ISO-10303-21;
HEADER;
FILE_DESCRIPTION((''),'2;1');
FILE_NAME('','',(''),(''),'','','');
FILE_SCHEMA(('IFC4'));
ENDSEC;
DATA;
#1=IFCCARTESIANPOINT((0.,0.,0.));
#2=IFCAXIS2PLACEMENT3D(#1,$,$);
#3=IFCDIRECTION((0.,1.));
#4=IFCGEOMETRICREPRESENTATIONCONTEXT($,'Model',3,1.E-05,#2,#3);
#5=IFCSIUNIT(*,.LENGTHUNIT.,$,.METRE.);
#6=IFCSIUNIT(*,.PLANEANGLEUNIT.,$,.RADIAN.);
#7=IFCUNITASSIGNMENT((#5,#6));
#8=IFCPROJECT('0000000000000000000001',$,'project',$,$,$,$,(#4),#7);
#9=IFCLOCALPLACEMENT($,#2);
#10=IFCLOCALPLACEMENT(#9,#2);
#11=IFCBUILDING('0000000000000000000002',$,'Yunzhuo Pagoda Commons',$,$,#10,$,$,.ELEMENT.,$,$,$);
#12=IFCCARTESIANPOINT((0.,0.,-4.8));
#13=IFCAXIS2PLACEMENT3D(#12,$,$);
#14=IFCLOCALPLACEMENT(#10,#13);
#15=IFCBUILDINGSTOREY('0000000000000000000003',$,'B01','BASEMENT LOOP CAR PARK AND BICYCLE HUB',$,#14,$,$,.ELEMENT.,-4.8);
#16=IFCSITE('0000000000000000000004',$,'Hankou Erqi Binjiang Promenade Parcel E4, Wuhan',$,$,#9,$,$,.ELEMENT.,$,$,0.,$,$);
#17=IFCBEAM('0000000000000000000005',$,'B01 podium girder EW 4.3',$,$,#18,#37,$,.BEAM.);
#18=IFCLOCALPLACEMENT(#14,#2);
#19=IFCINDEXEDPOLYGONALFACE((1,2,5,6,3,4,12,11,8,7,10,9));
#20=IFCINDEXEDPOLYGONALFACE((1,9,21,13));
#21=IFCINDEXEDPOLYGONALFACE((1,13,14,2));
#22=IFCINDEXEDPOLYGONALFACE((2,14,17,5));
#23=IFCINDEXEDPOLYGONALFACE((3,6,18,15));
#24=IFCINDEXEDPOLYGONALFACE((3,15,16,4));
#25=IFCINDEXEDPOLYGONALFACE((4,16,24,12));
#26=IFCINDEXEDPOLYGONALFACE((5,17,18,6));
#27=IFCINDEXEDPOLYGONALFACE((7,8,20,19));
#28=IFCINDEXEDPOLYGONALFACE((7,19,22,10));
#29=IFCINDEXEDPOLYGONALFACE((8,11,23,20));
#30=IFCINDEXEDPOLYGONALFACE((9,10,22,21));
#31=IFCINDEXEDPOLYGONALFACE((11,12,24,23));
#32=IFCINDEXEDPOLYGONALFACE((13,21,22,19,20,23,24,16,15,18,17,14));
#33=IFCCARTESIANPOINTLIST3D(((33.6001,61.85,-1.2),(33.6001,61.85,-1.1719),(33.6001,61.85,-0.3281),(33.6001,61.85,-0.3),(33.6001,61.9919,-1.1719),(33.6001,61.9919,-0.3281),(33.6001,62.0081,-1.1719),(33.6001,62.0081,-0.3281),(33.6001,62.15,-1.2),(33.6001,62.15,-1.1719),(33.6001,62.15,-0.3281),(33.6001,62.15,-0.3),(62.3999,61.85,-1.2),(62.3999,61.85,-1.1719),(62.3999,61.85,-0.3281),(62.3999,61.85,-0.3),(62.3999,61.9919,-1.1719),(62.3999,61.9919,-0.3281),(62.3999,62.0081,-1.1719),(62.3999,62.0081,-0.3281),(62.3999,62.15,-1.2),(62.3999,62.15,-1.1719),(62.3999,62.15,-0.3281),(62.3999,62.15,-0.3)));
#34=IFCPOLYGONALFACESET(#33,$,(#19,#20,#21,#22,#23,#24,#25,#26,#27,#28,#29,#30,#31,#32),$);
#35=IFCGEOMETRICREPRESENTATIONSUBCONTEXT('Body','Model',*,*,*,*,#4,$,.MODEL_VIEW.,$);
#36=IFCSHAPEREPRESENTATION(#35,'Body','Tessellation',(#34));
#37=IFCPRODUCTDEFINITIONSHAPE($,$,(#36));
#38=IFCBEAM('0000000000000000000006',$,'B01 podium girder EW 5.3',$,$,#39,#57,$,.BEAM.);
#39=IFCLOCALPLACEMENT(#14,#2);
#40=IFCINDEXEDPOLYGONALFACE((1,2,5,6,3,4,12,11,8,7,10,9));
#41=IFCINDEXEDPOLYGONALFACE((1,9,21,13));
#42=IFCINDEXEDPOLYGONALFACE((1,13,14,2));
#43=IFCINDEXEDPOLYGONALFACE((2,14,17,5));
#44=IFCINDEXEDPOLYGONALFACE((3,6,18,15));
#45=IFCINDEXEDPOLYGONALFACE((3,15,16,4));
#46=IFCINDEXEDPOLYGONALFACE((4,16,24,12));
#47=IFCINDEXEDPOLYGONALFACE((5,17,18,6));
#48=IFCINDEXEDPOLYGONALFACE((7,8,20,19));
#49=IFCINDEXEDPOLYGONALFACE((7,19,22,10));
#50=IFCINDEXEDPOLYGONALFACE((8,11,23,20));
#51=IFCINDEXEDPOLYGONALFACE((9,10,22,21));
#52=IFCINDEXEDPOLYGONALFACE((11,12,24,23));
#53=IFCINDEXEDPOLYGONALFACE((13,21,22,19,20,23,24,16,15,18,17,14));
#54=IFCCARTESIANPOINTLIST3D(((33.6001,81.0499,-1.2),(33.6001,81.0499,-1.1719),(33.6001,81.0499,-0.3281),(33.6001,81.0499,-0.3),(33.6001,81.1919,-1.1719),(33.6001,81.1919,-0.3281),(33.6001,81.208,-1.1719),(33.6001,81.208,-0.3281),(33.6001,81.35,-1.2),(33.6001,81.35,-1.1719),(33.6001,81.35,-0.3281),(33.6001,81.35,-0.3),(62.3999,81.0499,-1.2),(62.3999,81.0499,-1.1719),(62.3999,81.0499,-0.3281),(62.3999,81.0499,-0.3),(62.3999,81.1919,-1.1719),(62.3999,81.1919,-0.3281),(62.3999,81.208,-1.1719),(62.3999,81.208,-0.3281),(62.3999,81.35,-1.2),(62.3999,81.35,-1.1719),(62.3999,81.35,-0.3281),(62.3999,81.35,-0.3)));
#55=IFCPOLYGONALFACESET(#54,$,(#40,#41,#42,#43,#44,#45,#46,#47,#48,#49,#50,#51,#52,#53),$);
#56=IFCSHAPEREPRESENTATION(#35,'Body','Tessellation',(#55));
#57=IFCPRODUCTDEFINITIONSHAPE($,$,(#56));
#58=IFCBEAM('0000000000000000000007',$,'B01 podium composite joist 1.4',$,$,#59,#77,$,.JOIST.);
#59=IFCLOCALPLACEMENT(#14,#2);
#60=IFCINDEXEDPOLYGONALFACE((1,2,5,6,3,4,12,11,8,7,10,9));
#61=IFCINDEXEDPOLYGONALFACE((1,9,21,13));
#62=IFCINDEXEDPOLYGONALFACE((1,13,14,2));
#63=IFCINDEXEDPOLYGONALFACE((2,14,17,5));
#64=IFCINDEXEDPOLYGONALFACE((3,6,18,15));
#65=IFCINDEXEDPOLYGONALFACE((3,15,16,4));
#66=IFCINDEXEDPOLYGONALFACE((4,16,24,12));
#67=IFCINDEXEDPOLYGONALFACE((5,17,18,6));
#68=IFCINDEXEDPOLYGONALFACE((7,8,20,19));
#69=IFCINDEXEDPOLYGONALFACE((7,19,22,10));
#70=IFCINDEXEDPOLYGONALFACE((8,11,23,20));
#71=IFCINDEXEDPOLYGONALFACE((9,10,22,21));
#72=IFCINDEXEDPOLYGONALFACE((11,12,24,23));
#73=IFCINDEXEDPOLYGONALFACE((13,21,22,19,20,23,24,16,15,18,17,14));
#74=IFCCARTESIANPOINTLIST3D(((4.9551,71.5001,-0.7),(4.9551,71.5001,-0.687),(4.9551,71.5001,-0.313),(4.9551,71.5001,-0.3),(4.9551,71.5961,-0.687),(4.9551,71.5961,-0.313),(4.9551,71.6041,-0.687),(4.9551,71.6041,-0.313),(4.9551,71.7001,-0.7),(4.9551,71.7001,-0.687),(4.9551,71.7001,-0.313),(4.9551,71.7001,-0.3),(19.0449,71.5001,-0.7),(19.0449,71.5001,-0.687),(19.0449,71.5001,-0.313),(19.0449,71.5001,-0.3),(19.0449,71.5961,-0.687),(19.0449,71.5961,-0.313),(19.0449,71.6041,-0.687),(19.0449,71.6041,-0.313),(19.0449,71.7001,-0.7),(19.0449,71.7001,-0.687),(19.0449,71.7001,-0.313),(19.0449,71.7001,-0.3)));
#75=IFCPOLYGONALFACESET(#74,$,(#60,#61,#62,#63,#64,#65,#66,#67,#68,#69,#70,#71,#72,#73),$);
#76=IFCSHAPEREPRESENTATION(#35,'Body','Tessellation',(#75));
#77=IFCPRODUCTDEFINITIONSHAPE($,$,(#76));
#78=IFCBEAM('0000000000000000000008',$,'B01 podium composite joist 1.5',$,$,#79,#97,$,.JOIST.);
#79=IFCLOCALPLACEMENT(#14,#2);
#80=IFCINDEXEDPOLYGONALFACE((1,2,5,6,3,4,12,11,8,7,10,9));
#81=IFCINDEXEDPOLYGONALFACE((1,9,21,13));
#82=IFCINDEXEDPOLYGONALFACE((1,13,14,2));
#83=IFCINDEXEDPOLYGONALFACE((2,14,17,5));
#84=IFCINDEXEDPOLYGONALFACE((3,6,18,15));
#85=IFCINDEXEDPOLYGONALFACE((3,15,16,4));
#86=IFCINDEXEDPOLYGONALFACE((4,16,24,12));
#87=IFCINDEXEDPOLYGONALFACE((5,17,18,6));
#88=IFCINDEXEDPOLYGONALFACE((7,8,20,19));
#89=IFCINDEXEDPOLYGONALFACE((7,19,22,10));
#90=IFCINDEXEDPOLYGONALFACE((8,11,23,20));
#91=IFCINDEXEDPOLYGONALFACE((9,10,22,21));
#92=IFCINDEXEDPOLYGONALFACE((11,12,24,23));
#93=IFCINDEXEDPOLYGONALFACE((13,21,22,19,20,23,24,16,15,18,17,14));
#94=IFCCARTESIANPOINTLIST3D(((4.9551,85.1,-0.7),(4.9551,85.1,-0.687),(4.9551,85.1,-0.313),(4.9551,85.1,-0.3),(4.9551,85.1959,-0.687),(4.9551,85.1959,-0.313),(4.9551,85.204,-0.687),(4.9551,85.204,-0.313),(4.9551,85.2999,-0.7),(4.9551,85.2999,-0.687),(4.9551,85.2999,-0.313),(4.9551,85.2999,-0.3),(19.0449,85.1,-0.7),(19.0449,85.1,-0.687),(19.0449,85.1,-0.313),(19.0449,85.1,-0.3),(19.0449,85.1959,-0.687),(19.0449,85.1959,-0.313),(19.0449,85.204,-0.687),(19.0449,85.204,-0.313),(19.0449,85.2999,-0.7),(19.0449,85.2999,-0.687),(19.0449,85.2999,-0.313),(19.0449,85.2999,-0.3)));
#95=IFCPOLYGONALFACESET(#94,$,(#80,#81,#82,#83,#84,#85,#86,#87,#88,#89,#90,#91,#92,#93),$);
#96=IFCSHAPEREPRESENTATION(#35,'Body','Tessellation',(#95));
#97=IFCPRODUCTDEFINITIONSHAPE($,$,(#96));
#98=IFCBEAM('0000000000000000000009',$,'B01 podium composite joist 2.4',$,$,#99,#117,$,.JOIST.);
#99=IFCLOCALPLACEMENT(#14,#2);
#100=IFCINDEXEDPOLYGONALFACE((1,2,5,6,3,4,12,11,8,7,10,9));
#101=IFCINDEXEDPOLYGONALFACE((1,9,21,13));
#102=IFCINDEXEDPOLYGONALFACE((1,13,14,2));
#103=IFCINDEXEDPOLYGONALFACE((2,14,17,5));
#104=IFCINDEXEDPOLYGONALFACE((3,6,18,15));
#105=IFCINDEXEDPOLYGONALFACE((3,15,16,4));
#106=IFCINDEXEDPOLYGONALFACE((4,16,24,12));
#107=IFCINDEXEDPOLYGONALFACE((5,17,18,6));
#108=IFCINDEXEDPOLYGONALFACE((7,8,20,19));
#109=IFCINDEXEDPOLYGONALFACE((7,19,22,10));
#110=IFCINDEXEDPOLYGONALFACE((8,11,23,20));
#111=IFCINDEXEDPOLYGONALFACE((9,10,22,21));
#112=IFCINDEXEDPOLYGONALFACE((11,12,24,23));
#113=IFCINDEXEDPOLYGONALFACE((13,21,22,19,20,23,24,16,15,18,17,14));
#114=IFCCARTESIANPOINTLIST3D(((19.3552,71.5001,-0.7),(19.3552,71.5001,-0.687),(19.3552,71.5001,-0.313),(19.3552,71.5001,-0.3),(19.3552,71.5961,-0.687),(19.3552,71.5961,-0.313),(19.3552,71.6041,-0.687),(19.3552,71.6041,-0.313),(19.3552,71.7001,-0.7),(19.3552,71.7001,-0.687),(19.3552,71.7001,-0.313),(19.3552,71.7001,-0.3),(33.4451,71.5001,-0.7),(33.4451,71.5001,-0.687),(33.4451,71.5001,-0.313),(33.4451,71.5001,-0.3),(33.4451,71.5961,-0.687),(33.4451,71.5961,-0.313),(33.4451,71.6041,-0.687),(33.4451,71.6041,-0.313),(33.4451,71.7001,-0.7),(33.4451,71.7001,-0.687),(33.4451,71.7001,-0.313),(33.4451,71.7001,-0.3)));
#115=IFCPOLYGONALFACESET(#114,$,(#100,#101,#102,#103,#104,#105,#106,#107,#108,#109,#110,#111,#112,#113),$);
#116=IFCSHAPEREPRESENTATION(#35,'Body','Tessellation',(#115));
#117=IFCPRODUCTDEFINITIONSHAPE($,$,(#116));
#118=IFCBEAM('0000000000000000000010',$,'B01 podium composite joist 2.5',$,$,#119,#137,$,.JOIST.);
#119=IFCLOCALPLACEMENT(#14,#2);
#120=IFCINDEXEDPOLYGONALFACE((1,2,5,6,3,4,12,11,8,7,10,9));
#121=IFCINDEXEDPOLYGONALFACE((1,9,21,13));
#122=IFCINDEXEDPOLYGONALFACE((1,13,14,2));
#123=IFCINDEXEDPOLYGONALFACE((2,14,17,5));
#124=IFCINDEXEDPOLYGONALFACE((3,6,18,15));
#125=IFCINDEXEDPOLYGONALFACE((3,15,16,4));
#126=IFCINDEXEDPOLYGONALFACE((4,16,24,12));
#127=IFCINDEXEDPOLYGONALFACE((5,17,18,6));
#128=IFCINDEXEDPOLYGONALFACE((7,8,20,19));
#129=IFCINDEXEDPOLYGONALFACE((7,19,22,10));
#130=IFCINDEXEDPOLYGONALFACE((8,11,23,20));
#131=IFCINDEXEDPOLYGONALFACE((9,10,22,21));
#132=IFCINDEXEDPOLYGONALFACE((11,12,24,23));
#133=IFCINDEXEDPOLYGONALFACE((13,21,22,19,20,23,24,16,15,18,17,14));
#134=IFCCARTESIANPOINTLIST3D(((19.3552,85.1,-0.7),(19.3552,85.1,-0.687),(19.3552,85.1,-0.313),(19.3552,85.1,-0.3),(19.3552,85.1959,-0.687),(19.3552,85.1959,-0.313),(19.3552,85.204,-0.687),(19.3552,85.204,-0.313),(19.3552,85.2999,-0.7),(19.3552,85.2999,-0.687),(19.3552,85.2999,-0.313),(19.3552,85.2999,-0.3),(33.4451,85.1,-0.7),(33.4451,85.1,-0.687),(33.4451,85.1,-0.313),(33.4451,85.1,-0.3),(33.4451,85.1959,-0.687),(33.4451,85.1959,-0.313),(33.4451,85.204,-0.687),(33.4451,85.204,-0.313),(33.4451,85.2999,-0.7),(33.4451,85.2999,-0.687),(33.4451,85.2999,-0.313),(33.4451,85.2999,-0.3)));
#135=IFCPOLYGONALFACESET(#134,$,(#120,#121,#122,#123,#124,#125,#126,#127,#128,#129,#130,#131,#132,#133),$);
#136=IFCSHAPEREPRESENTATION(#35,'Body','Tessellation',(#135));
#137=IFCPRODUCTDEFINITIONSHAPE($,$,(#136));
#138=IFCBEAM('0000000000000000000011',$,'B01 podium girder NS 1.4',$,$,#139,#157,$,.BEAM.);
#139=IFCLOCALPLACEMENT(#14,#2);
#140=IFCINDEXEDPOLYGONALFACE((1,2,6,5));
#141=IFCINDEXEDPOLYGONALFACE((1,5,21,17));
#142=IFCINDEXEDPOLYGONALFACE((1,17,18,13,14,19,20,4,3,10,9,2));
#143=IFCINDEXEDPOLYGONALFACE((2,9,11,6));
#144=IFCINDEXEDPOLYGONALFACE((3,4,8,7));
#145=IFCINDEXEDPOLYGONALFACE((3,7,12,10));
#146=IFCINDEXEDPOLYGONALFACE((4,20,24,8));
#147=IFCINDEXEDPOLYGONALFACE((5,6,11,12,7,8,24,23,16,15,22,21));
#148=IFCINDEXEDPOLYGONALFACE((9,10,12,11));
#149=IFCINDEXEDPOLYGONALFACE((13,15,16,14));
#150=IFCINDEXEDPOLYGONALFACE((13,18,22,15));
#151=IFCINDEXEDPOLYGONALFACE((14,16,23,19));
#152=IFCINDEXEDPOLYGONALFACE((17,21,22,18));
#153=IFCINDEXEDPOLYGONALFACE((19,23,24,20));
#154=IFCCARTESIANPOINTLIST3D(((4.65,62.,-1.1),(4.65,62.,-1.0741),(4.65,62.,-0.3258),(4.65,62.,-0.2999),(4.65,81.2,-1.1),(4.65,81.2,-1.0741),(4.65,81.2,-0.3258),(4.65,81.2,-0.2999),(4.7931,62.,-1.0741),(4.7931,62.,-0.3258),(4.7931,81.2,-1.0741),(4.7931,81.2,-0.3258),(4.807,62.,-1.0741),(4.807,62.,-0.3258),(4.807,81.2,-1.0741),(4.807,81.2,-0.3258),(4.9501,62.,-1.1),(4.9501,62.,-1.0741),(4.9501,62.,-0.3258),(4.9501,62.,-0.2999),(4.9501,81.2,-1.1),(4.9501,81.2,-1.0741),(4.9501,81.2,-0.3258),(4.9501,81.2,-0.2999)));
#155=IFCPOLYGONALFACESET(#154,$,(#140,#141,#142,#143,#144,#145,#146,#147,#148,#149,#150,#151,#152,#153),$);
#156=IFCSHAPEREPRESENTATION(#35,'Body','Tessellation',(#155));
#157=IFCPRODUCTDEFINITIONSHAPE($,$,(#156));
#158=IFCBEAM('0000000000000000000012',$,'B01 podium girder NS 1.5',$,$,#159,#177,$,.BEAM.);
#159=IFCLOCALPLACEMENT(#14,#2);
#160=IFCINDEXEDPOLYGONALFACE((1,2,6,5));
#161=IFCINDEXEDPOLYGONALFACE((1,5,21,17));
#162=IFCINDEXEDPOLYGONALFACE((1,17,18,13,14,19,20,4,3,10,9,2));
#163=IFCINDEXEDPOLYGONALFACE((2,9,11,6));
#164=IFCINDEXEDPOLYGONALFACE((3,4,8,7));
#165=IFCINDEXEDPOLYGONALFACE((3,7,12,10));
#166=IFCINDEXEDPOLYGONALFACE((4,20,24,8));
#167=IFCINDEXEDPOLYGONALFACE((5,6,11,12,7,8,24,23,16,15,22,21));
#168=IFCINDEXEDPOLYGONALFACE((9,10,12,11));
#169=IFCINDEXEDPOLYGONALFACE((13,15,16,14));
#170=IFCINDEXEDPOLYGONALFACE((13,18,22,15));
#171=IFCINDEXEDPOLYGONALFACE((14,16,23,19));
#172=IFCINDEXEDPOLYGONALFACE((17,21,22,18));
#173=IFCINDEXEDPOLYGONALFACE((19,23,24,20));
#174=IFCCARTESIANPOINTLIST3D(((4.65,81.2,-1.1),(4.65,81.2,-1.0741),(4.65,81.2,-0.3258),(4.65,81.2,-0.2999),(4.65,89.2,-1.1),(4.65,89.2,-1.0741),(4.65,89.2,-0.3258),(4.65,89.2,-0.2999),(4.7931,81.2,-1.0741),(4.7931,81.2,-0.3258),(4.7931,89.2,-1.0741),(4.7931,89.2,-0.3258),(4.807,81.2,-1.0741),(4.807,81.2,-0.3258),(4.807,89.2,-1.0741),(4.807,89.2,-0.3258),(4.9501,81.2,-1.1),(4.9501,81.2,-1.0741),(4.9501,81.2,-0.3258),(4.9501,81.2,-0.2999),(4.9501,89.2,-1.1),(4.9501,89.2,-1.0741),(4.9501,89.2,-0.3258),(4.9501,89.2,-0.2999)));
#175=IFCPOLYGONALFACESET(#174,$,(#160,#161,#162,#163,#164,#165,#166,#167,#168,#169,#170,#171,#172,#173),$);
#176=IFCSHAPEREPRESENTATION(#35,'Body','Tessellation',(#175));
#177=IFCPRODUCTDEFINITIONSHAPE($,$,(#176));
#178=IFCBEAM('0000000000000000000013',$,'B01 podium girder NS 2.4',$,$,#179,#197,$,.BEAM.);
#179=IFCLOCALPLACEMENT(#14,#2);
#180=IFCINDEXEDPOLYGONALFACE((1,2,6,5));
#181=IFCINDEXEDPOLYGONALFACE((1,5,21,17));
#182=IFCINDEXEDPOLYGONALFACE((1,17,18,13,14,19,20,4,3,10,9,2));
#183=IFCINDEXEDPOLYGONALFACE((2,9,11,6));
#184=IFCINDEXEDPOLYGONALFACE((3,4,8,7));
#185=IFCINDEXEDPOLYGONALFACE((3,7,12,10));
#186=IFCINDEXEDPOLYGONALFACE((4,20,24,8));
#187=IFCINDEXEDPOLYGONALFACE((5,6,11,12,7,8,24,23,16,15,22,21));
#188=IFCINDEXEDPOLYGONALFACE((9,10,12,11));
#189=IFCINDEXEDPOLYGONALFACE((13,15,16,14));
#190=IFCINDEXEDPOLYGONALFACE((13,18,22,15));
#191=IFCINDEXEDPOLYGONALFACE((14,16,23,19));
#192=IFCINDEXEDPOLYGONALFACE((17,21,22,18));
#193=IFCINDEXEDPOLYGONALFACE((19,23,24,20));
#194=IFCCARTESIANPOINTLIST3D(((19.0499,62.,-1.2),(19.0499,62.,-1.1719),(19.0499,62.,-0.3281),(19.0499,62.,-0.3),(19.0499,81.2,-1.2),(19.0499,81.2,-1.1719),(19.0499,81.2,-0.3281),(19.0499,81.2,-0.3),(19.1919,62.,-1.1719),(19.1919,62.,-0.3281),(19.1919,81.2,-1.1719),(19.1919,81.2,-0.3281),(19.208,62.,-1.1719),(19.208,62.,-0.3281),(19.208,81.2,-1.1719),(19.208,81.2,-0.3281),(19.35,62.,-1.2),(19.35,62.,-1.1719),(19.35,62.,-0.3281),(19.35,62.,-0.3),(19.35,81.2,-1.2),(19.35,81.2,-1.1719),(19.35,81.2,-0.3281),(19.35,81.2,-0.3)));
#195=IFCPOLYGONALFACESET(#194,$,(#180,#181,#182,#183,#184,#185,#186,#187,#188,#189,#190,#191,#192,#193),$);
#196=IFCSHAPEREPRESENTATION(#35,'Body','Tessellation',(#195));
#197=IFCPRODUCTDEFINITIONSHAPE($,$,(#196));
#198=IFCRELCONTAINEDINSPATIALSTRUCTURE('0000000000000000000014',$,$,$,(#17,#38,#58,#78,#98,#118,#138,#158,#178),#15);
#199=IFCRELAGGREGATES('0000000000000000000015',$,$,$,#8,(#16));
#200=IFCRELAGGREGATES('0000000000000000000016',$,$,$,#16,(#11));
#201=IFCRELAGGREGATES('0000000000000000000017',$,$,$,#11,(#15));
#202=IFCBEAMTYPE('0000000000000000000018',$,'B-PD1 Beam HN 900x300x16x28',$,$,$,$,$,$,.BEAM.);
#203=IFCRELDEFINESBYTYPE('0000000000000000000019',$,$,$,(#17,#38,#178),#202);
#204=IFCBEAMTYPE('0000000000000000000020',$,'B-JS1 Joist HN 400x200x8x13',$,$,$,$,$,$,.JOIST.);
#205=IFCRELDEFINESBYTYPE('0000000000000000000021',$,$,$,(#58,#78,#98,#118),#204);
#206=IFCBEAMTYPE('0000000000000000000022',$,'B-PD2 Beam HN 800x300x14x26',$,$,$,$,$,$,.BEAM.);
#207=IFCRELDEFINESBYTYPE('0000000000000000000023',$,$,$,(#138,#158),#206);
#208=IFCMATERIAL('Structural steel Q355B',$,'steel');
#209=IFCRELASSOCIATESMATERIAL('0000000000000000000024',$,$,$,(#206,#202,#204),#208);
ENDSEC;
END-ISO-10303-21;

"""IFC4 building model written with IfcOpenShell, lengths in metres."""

from ifc_helpers import new_model, si_unit, direction, frame, origin, origin_2d, place, context, subcontext, project, spatial, i_section, extrude, source, transform, mapped, material, material_profile, profile_set, type_object, element, save


model = new_model("IFC4")

# Units and contexts
model_context = context("Model", 3, precision=1e-05, world=origin(), true_north=direction((0.0, 1.0)))
body_context = subcontext(model_context, "Body", "Model", "MODEL_VIEW")
ifc_project = project(units=[si_unit("LENGTHUNIT", "METRE"), si_unit("PLANEANGLEUNIT", "RADIAN")], contexts=[model_context])

# Site, building, storey
site_placement = place(None, origin())
site = spatial("IfcSite", under=ifc_project, at=site_placement, Name="Hankou Erqi Binjiang Promenade Parcel E4, Wuhan", CompositionType="ELEMENT", RefElevation=0.0)
building_placement = place(site_placement, origin())
building = spatial("IfcBuilding", under=site, at=building_placement, Name="Yunzhuo Pagoda Commons", CompositionType="ELEMENT")
storey_placement = place(building_placement, frame((0.0, 0.0, -4.8)))
storey = spatial("IfcBuildingStorey", under=building, at=storey_placement, Name="B01", Description="BASEMENT LOOP CAR PARK AND BICYCLE HUB", CompositionType="ELEMENT", Elevation=-4.8)

# Beams
ifc_material_1 = material(Name="Structural steel Q355B", Category="steel")
ifc_material_profile_1 = material_profile(ifc_material_1, i_section(OverallWidth=0.3, OverallDepth=0.8, WebThickness=0.0139, FlangeThickness=0.0259, at=origin_2d()), Name="Structural steel Q355B")
ifc_profile_set_1 = profile_set([ifc_material_profile_1], Name="Structural steel Q355B")
beam_type_1 = type_object("IfcBeamType", Name="B-PD2 Beam HN 800x300x14x26", PredefinedType="BEAM", material=ifc_profile_set_1)
ifc_material_profile_2 = material_profile(ifc_material_1, i_section(OverallWidth=0.3, OverallDepth=0.8999, WebThickness=0.0161, FlangeThickness=0.0281, at=origin_2d()), Name="Structural steel Q355B")
ifc_profile_set_2 = profile_set([ifc_material_profile_2], Name="Structural steel Q355B")
beam_type_2 = type_object("IfcBeamType", Name="B-PD1 Beam HN 900x300x16x28", PredefinedType="BEAM", material=ifc_profile_set_2)
shared_shape_1 = source(origin(), body_context, "Body", "SweptSolid", [
    extrude(i_section(OverallWidth=0.3, OverallDepth=0.8999, WebThickness=0.0161, FlangeThickness=0.0281, at=origin_2d()), origin(), (0.0, 0.0, 1.0), 28.7998),
])
for number, where, z_axis, x_axis, name in (
    (1, (33.6001, 62.0, -0.75), (1.0, 0.0, 0.0), (0.0, 1.0, 0.0), "B01 podium girder EW 4.3"),
    (2, (33.6001, 81.2, -0.75), (1.0, 0.0, 0.0), (0.0, 1.0, 0.0), "B01 podium girder EW 5.3"),
):
    element("IfcBeam", number, at=place(storey_placement, frame(where, z_axis=z_axis, x_axis=x_axis)), inside=storey, type_object=beam_type_2, Name=name, PredefinedType="BEAM", context=body_context, shape_type="MappedRepresentation", body=[
        mapped(shared_shape_1, transform((0.0, 0.0, 0.0), scale=1.0)),
    ])
ifc_material_profile_3 = material_profile(ifc_material_1, i_section(OverallWidth=0.2, OverallDepth=0.3999, WebThickness=0.0081, FlangeThickness=0.0129, at=origin_2d()), Name="Structural steel Q355B")
ifc_profile_set_3 = profile_set([ifc_material_profile_3], Name="Structural steel Q355B")
beam_type_3 = type_object("IfcBeamType", Name="B-JS1 Joist HN 400x200x8x13", PredefinedType="JOIST", material=ifc_profile_set_3)
shared_shape_2 = source(origin(), body_context, "Body", "SweptSolid", [
    extrude(i_section(OverallWidth=0.2, OverallDepth=0.3999, WebThickness=0.0081, FlangeThickness=0.0129, at=origin_2d()), origin(), (0.0, 0.0, 1.0), 14.0898),
])
for number, where, z_axis, x_axis, name in (
    (3, (4.9551, 71.6001, -0.5), (1.0, 0.0, 0.0), (0.0, 1.0, 0.0), "B01 podium composite joist 1.4"),
    (4, (4.9551, 85.2, -0.5), (1.0, 0.0, 0.0), (0.0, 1.0, 0.0), "B01 podium composite joist 1.5"),
    (5, (19.3552, 71.6001, -0.5), (1.0, 0.0, 0.0), (0.0, 1.0, 0.0), "B01 podium composite joist 2.4"),
    (6, (19.3552, 85.2, -0.5), (1.0, 0.0, 0.0), (0.0, 1.0, 0.0), "B01 podium composite joist 2.5"),
):
    element("IfcBeam", number, at=place(storey_placement, frame(where, z_axis=z_axis, x_axis=x_axis)), inside=storey, type_object=beam_type_3, Name=name, PredefinedType="JOIST", context=body_context, shape_type="MappedRepresentation", body=[
        mapped(shared_shape_2, transform((0.0, 0.0, 0.0), scale=1.0)),
    ])
shared_shape_3 = source(origin(), body_context, "Body", "SweptSolid", [
    extrude(i_section(OverallWidth=0.3, OverallDepth=0.8, WebThickness=0.0139, FlangeThickness=0.0259, at=origin_2d()), origin(), (0.0, 0.0, 1.0), 19.2),
])
beam_1_placement = place(storey_placement, frame((4.8, 62.0, -0.7), z_axis=(0.0, 1.0, 0.0), x_axis=(-1.0, 0.0, 0.0)))
element("IfcBeam", 7, at=beam_1_placement, inside=storey, type_object=beam_type_1, Name="B01 podium girder NS 1.4", PredefinedType="BEAM", context=body_context, shape_type="MappedRepresentation", body=[
    mapped(shared_shape_3, transform((0.0, 0.0, 0.0), scale=1.0)),
])
shared_shape_4 = source(origin(), body_context, "Body", "SweptSolid", [
    extrude(i_section(OverallWidth=0.3, OverallDepth=0.8, WebThickness=0.0139, FlangeThickness=0.0259, at=origin_2d()), origin(), (0.0, 0.0, 1.0), 8.0),
])
beam_2_placement = place(storey_placement, frame((4.8, 81.2, -0.7), z_axis=(0.0, 1.0, 0.0), x_axis=(-1.0, 0.0, 0.0)))
element("IfcBeam", 8, at=beam_2_placement, inside=storey, type_object=beam_type_1, Name="B01 podium girder NS 1.5", PredefinedType="BEAM", context=body_context, shape_type="MappedRepresentation", body=[
    mapped(shared_shape_4, transform((0.0, 0.0, 0.0), scale=1.0)),
])
shared_shape_5 = source(origin(), body_context, "Body", "SweptSolid", [
    extrude(i_section(OverallWidth=0.3, OverallDepth=0.8999, WebThickness=0.0161, FlangeThickness=0.0281, at=origin_2d()), origin(), (0.0, 0.0, 1.0), 19.2),
])
for number, where, z_axis, x_axis, name in (
    (9, (19.2, 62.0, -0.75), (0.0, 1.0, 0.0), (-1.0, 0.0, 0.0), "B01 podium girder NS 2.4"),
):
    element("IfcBeam", number, at=place(storey_placement, frame(where, z_axis=z_axis, x_axis=x_axis)), inside=storey, type_object=beam_type_2, Name=name, PredefinedType="BEAM", context=body_context, shape_type="MappedRepresentation", body=[
        mapped(shared_shape_5, transform((0.0, 0.0, 0.0), scale=1.0)),
    ])

save(model, "model.ifc")
